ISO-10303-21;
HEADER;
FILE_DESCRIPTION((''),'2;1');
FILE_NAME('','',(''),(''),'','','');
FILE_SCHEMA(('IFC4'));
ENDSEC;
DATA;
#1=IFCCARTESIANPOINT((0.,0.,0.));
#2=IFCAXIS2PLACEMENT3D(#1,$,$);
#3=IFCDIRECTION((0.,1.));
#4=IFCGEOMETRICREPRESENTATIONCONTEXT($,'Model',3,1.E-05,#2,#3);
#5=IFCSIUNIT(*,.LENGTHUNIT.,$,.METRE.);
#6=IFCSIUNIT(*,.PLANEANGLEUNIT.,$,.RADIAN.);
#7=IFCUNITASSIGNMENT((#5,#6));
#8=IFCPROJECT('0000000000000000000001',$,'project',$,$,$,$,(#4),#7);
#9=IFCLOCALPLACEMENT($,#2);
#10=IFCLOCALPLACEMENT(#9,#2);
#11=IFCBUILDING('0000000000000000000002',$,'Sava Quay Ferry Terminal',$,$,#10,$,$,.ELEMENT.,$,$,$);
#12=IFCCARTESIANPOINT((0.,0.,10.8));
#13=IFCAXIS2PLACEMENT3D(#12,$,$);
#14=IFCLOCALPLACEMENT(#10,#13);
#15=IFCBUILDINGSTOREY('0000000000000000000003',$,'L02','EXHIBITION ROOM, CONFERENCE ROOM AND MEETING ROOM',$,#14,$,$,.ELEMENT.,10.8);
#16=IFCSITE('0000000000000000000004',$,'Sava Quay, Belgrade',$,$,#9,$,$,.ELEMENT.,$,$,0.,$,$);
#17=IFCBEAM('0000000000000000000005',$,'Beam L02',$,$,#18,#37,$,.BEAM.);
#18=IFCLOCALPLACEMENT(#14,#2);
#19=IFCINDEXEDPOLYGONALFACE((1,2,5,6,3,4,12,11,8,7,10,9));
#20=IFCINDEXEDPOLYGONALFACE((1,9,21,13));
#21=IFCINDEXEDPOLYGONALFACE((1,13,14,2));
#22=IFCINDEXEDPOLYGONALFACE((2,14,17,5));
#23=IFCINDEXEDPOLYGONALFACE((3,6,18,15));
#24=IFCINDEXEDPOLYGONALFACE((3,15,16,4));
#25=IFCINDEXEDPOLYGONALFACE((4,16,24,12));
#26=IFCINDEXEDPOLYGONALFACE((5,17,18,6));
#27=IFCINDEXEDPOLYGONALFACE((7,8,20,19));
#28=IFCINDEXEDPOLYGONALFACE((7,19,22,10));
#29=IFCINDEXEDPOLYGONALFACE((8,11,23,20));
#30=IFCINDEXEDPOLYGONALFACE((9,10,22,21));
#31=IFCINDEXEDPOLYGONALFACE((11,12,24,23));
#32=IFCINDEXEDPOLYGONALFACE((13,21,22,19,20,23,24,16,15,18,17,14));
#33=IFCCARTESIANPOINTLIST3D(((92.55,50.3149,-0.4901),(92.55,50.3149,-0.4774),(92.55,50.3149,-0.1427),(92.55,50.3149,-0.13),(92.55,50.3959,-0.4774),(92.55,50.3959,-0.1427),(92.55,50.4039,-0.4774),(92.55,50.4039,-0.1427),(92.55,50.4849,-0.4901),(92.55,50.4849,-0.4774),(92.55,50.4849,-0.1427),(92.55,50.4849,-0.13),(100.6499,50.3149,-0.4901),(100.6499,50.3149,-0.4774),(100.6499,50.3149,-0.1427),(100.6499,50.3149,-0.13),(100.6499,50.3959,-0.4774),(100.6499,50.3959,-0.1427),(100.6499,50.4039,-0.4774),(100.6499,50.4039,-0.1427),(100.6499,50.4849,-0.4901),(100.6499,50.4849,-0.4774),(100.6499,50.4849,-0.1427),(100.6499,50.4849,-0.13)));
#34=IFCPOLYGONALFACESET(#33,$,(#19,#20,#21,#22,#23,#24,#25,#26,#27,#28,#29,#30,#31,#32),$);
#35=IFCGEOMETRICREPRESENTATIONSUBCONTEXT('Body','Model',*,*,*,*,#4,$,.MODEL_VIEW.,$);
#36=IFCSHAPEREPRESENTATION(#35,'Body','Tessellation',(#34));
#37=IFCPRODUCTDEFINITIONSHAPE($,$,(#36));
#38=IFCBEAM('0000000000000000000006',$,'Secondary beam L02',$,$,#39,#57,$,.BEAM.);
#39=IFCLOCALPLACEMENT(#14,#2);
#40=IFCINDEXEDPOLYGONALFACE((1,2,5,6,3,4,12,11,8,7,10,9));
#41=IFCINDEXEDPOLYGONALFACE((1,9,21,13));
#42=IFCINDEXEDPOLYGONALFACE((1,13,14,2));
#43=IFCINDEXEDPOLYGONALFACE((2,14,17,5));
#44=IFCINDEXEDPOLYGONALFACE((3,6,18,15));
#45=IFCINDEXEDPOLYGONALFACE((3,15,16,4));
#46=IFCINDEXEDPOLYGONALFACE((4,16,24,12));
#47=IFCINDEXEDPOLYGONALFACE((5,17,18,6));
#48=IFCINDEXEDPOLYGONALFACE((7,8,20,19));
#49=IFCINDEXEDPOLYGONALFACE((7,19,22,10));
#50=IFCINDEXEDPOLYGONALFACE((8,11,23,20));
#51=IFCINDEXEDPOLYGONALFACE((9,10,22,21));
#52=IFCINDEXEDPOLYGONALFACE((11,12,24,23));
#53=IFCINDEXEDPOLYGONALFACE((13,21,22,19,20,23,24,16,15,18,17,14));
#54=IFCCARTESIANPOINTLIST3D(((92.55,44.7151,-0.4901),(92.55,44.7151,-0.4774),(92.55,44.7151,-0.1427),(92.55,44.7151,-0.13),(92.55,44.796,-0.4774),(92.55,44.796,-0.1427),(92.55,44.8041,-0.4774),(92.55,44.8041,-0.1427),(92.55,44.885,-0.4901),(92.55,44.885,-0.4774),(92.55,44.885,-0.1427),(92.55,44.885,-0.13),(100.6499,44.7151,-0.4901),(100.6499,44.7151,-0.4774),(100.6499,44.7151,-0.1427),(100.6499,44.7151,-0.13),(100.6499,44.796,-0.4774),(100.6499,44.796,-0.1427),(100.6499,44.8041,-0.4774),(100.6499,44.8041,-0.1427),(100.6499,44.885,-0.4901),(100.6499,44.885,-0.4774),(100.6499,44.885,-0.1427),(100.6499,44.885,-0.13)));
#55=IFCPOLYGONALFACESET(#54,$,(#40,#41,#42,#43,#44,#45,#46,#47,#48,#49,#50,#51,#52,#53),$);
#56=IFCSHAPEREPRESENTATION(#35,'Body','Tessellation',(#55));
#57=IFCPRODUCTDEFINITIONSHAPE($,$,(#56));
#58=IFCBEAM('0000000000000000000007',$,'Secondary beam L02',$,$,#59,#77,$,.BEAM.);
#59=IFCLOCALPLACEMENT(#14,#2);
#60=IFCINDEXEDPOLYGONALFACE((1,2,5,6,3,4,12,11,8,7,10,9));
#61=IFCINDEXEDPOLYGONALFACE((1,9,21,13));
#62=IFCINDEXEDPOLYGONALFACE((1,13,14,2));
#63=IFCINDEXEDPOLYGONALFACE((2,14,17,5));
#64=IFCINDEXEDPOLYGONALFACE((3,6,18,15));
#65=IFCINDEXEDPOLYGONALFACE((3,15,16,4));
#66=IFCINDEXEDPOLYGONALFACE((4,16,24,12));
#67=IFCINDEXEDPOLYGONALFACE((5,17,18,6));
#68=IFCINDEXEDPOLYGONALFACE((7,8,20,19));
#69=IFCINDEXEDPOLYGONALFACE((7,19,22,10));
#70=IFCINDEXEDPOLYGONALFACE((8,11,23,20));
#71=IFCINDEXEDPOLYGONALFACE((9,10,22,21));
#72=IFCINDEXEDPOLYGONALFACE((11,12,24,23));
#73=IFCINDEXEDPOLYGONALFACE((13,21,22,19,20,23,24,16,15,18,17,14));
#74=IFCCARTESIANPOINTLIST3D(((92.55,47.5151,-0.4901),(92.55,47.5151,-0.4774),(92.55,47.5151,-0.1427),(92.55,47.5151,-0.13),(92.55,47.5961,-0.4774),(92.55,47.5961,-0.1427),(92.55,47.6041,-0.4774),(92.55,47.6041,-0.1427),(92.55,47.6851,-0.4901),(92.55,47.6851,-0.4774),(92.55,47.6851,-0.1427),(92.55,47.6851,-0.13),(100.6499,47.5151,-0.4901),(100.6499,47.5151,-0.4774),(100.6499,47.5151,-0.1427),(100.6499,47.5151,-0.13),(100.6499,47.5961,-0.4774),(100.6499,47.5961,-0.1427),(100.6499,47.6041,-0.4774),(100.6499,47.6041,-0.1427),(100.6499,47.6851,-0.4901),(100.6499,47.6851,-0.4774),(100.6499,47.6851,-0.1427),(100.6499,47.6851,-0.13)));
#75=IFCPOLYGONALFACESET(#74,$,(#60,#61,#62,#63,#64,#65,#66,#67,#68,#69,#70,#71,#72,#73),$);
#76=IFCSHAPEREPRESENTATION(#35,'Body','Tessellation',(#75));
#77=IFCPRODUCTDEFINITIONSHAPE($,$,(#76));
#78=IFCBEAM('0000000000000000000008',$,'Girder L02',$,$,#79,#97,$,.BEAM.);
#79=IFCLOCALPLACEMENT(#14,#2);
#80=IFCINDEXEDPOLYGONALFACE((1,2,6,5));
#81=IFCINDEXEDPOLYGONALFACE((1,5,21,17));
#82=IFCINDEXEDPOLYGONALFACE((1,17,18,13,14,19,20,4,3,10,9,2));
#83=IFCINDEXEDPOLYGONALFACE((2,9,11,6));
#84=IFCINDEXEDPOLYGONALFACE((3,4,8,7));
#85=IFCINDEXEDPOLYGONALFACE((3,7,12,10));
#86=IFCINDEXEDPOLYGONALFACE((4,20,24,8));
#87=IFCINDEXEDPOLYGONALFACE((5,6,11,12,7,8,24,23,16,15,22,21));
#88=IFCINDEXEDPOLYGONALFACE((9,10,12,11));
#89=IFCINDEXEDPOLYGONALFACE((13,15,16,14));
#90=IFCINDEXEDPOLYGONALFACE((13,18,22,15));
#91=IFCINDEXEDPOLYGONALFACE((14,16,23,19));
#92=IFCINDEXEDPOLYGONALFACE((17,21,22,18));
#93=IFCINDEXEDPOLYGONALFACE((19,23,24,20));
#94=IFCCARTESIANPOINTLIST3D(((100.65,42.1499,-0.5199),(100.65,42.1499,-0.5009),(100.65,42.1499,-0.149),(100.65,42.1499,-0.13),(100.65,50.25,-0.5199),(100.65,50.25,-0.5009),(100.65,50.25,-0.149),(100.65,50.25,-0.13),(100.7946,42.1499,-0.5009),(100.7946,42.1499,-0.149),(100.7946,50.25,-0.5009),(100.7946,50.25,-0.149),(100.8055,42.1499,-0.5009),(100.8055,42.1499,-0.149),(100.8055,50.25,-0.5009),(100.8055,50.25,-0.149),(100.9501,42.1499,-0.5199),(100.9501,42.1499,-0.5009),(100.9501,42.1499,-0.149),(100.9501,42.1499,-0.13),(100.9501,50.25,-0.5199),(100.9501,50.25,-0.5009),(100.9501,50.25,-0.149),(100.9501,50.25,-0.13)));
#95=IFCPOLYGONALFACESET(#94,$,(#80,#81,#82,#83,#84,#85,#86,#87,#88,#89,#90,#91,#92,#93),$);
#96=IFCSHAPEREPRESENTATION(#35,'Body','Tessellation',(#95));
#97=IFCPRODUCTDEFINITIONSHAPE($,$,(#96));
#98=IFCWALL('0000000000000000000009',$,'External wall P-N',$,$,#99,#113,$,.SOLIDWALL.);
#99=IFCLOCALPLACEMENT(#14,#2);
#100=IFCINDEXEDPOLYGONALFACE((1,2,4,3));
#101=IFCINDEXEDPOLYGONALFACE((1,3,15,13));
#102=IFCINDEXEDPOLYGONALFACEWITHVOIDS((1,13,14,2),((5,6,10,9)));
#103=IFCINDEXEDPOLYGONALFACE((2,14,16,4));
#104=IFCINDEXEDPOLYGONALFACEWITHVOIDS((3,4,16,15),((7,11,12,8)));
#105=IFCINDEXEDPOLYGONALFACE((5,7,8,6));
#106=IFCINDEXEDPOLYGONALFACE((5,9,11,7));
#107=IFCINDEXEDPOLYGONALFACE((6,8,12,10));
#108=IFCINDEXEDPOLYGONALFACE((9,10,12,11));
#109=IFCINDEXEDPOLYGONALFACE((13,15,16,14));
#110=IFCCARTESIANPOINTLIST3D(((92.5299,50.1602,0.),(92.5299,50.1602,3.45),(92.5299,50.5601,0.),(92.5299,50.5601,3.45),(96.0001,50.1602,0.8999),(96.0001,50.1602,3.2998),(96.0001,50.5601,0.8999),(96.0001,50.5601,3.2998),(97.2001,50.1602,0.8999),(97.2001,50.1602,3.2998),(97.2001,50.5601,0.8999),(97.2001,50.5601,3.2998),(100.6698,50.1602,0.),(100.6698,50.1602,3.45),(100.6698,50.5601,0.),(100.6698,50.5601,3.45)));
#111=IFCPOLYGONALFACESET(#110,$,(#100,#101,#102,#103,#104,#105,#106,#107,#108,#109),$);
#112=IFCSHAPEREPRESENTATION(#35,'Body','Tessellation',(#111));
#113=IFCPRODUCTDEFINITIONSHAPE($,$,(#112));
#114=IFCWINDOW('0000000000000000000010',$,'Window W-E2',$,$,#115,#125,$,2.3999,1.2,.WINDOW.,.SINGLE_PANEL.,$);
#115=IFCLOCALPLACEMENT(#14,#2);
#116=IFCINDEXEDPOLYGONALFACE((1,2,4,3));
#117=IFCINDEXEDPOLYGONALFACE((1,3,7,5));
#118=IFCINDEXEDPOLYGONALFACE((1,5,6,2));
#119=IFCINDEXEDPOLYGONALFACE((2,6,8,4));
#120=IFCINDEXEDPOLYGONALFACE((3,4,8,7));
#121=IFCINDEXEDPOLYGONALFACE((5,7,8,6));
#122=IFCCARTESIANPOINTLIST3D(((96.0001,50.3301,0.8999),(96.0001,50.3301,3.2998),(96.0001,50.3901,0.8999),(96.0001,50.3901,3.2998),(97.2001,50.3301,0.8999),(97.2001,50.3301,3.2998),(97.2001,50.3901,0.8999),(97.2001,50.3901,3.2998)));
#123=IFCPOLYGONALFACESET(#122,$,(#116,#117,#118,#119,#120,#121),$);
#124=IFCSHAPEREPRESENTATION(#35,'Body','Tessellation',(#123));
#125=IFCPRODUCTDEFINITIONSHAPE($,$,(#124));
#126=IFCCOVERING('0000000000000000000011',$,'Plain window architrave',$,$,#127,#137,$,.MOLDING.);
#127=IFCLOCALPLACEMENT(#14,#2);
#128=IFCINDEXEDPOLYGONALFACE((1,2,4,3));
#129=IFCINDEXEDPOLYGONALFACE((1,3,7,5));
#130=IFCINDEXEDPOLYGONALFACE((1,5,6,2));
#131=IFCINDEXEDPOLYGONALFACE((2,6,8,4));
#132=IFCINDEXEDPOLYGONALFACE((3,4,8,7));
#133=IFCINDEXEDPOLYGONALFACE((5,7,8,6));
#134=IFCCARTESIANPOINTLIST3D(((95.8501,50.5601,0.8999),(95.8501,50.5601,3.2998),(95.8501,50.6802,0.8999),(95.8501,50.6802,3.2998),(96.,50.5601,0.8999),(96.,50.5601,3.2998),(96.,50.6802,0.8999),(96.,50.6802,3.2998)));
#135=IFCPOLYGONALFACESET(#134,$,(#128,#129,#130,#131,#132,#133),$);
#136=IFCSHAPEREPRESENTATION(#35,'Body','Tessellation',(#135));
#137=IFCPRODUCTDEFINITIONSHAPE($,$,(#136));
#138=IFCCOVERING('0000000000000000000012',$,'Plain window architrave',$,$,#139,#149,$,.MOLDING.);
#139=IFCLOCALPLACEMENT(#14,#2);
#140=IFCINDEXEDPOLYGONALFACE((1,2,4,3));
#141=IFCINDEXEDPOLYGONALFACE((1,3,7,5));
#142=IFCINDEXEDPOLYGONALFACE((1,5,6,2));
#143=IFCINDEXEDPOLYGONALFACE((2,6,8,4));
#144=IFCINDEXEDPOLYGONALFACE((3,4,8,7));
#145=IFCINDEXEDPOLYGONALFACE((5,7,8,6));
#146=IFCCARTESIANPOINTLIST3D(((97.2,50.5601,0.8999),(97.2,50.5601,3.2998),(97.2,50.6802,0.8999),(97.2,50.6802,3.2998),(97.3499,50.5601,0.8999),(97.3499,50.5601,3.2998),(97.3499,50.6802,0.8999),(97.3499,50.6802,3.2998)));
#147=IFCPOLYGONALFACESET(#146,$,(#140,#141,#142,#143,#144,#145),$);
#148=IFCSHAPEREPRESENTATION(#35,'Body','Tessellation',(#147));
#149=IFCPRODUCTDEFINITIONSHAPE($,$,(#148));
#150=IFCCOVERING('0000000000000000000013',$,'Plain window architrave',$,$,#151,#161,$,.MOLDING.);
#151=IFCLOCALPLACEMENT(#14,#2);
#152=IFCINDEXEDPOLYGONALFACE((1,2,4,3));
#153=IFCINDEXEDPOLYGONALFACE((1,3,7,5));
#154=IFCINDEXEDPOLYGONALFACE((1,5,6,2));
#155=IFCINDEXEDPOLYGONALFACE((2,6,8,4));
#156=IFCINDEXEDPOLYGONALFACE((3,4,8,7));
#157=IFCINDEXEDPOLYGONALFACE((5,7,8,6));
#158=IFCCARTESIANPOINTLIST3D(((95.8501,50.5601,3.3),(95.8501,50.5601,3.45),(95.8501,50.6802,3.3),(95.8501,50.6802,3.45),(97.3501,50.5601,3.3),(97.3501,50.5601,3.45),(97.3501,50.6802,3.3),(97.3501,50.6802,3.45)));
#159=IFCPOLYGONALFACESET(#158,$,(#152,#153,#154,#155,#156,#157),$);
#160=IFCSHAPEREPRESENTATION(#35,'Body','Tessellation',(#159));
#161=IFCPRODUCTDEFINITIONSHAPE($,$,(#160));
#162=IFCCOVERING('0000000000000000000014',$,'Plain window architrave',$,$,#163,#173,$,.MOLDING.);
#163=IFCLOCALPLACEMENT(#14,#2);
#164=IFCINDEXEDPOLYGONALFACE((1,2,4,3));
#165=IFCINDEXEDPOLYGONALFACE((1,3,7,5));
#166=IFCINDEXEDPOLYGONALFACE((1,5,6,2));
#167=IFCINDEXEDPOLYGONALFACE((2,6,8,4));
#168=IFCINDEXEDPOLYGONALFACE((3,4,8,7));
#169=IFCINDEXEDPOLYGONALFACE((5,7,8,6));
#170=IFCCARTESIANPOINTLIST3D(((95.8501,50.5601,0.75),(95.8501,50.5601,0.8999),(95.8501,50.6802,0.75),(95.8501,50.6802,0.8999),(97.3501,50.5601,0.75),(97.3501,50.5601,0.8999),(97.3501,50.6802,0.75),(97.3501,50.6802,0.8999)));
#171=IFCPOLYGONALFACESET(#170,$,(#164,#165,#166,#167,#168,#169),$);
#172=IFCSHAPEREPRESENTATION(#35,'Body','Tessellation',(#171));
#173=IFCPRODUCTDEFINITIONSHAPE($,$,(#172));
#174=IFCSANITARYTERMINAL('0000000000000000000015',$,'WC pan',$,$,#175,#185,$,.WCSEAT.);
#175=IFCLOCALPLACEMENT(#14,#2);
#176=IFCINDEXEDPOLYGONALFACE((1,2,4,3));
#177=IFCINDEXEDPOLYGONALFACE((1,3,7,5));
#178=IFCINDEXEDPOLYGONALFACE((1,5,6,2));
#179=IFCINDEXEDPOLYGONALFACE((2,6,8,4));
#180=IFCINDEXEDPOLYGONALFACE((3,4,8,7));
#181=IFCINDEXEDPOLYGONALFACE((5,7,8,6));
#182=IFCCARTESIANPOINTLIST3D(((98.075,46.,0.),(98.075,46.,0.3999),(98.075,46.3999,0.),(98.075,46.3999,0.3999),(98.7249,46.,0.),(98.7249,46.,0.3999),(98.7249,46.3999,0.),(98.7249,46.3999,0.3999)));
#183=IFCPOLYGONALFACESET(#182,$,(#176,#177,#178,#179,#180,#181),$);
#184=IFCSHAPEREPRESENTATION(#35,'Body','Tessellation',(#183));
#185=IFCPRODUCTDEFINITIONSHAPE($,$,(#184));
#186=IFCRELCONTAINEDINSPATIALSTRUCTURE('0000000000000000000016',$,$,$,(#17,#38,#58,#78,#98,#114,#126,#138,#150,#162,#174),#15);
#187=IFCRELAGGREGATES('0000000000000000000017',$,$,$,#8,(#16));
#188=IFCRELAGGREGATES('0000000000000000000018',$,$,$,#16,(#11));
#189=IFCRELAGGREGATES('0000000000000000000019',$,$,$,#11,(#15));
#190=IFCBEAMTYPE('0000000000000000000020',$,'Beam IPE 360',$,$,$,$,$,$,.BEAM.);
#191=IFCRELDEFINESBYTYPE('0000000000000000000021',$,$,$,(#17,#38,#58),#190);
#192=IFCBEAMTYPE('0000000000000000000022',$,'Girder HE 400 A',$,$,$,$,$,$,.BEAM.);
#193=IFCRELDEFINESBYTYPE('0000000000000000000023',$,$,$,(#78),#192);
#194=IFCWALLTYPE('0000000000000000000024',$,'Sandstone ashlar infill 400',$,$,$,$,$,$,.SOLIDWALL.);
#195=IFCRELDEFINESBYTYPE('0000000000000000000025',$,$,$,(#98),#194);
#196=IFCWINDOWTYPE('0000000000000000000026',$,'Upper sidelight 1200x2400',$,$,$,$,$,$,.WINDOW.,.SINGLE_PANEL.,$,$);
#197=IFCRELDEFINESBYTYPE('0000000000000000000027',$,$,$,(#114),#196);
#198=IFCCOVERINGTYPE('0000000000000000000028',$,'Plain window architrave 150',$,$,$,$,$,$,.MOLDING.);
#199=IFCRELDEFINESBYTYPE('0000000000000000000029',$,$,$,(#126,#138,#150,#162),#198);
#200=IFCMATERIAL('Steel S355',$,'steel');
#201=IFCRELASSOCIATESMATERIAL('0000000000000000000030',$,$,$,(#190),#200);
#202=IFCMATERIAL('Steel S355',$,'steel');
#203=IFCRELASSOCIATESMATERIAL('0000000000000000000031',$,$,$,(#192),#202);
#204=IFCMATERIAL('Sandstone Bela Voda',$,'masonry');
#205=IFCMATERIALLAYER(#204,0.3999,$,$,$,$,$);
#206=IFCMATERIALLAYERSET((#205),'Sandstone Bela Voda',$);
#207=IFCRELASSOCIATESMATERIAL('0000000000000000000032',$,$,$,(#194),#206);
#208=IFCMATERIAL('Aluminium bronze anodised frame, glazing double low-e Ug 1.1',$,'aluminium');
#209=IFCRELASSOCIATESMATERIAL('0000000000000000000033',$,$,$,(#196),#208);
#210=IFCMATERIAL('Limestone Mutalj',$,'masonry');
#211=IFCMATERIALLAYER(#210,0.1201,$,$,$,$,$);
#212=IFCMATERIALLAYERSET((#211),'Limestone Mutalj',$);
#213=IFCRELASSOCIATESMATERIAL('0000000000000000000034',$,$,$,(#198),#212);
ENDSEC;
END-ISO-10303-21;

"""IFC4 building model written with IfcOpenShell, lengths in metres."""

from ifc_helpers import new_model, si_unit, direction, frame, frame_2d, origin, origin_2d, place, context, subcontext, project, spatial, rectangle, i_section, extrude, material, layer, layer_set, material_profile, profile_set, type_object, element, fill, save


model = new_model("IFC4")

# Units and contexts
model_context = context("Model", 3, precision=1e-05, world=origin(), true_north=direction((0.0, 1.0)))
body_context = subcontext(model_context, "Body", "Model", "MODEL_VIEW")
ifc_project = project(units=[si_unit("LENGTHUNIT", "METRE"), si_unit("PLANEANGLEUNIT", "RADIAN")], contexts=[model_context])

# Site, building, storey
site_placement = place(None, origin())
site = spatial("IfcSite", under=ifc_project, at=site_placement, Name="Sava Quay, Belgrade", CompositionType="ELEMENT", RefElevation=0.0)
building_placement = place(site_placement, origin())
building = spatial("IfcBuilding", under=site, at=building_placement, Name="Sava Quay Ferry Terminal", CompositionType="ELEMENT")
storey_placement = place(building_placement, frame((0.0, 0.0, 10.8)))
storey = spatial("IfcBuildingStorey", under=building, at=storey_placement, Name="L02", Description="EXHIBITION ROOM, CONFERENCE ROOM AND MEETING ROOM", CompositionType="ELEMENT", Elevation=10.8)

# Beams
ifc_material_1 = material(Name="Steel S355", Category="steel")
ifc_material_profile_1 = material_profile(ifc_material_1, i_section(OverallWidth=0.1699, OverallDepth=0.3601, WebThickness=0.0081, FlangeThickness=0.0127, at=origin_2d()), Name="IPE 360")
ifc_profile_set_1 = profile_set([ifc_material_profile_1], Name="Steel S355")
beam_type_1 = type_object("IfcBeamType", Name="Beam IPE 360", PredefinedType="BEAM", material=ifc_profile_set_1)
for number, where, z_axis, x_axis, name in (
    (1, (92.55, 50.3999, -0.3101), (1.0, 0.0, 0.0), (0.0, 1.0, 0.0), "Beam L02"),
    (2, (92.55, 44.8, -0.3101), (1.0, 0.0, 0.0), (0.0, 1.0, 0.0), "Secondary beam L02"),
    (3, (92.55, 47.6001, -0.3101), (1.0, 0.0, 0.0), (0.0, 1.0, 0.0), "Secondary beam L02"),
):
    element("IfcBeam", number, at=place(storey_placement, frame(where, z_axis=z_axis, x_axis=x_axis)), inside=storey, type_object=beam_type_1, Name=name, PredefinedType="BEAM", context=body_context, shape_type="SweptSolid", body=[
        extrude(i_section(OverallWidth=0.1699, OverallDepth=0.3601, WebThickness=0.0081, FlangeThickness=0.0127, at=origin_2d()), origin(), (0.0, 0.0, 1.0), 8.0999),
    ])
ifc_material_2 = material(Name="Steel S355", Category="steel")
ifc_material_profile_2 = material_profile(ifc_material_2, i_section(OverallWidth=0.3, OverallDepth=0.3899, WebThickness=0.011, FlangeThickness=0.019, at=origin_2d()), Name="HE 400 A")
ifc_profile_set_2 = profile_set([ifc_material_profile_2], Name="Steel S355")
beam_type_2 = type_object("IfcBeamType", Name="Girder HE 400 A", PredefinedType="BEAM", material=ifc_profile_set_2)
beam_placement = place(storey_placement, frame((100.8, 42.1499, -0.325), z_axis=(0.0, 1.0, 0.0), x_axis=(-1.0, 0.0, 0.0)))
element("IfcBeam", 4, at=beam_placement, inside=storey, type_object=beam_type_2, Name="Girder L02", PredefinedType="BEAM", context=body_context, shape_type="SweptSolid", body=[
    extrude(i_section(OverallWidth=0.3, OverallDepth=0.3899, WebThickness=0.011, FlangeThickness=0.019, at=origin_2d()), origin(), (0.0, 0.0, 1.0), 8.1001),
])

# Wall, opening, window
ifc_material_3 = material(Name="Sandstone Bela Voda", Category="masonry")
ifc_layer_1 = layer(ifc_material_3, 0.3999)
ifc_layer_set_1 = layer_set([ifc_layer_1], Name="Sandstone Bela Voda")
wall_type = type_object("IfcWallType", Name="Sandstone ashlar infill 400", PredefinedType="SOLIDWALL", material=ifc_layer_set_1)
wall_placement = place(storey_placement, frame((92.53, 50.3601, 0.0), z_axis=(0.0, 0.0, 1.0), x_axis=(1.0, 0.0, 0.0)))
wall = element("IfcWall", 5, at=wall_placement, inside=storey, type_object=wall_type, Name="External wall P-N", PredefinedType="SOLIDWALL", context=body_context, shape_type="SweptSolid", body=[
    extrude(rectangle(XDim=8.1399, YDim=0.3999, at=frame_2d((4.0698, 0.0))), origin(), (0.0, 0.0, 1.0), 3.45),
])
opening_placement = place(wall_placement, frame((3.47, 0.0, 0.8999)))
opening = element("IfcOpeningElement", 6, at=opening_placement, cuts=wall, PredefinedType="OPENING", context=body_context, shape_type="SweptSolid", body=[
    extrude(rectangle(XDim=1.2, YDim=2.3999, at=frame_2d((0.6001, 1.2))), frame((0.0, 0.2, 0.0), z_axis=(0.0, -1.0, 0.0), x_axis=(1.0, 0.0, 0.0)), (0.0, 0.0, 1.0), 0.3999),
])
ifc_material_4 = material(Name="Aluminium bronze anodised frame, glazing double low-e Ug 1.1", Category="aluminium")
window_type = type_object("IfcWindowType", Name="Upper sidelight 1200x2400", PartitioningType="SINGLE_PANEL", PredefinedType="WINDOW", material=ifc_material_4)
window_placement = place(opening_placement, origin())
window = element("IfcWindow", 7, at=window_placement, inside=storey, type_object=window_type, Name="Window W-E2", OverallHeight=2.3999, OverallWidth=1.2, PartitioningType="SINGLE_PANEL", PredefinedType="WINDOW", context=body_context, shape_type="SweptSolid", body=[
    extrude(rectangle(XDim=1.2, YDim=2.3999, at=frame_2d((0.6001, 1.2))), frame((0.0, 0.03, 0.0), z_axis=(0.0, -1.0, 0.0), x_axis=(1.0, 0.0, 0.0)), (0.0, 0.0, 1.0), 0.0601),
])
fill(opening, window)

# Coverings
ifc_material_5 = material(Name="Limestone Mutalj", Category="masonry")
ifc_layer_2 = layer(ifc_material_5, 0.1201)
ifc_layer_set_2 = layer_set([ifc_layer_2], Name="Limestone Mutalj")
covering_type = type_object("IfcCoveringType", Name="Plain window architrave 150", PredefinedType="MOLDING", material=ifc_layer_set_2)
for number, where, z_axis, x_axis, name in (
    (8, (95.925, 50.6201, 0.8999), (0.0, 0.0, 1.0), (1.0, 0.0, 0.0), "Plain window architrave"),
    (9, (97.2749, 50.6201, 0.8999), (0.0, 0.0, 1.0), (1.0, 0.0, 0.0), "Plain window architrave"),
):
    element("IfcCovering", number, at=place(storey_placement, frame(where, z_axis=z_axis, x_axis=x_axis)), inside=storey, type_object=covering_type, Name=name, PredefinedType="MOLDING", context=body_context, shape_type="SweptSolid", body=[
        extrude(rectangle(XDim=0.1499, YDim=0.1201, at=origin_2d()), origin(), (0.0, 0.0, 1.0), 2.3999),
    ])
for number, where, z_axis, x_axis, name in (
    (10, (96.6001, 50.6201, 3.3), (0.0, 0.0, 1.0), (1.0, 0.0, 0.0), "Plain window architrave"),
    (11, (96.6001, 50.6201, 0.75), (0.0, 0.0, 1.0), (1.0, 0.0, 0.0), "Plain window architrave"),
):
    element("IfcCovering", number, at=place(storey_placement, frame(where, z_axis=z_axis, x_axis=x_axis)), inside=storey, type_object=covering_type, Name=name, PredefinedType="MOLDING", context=body_context, shape_type="SweptSolid", body=[
        extrude(rectangle(XDim=1.5, YDim=0.1201, at=origin_2d()), origin(), (0.0, 0.0, 1.0), 0.1499),
    ])

# Sanitary terminal
sanitary_terminal_placement = place(storey_placement, frame((98.3999, 46.2, 0.0), z_axis=(0.0, 0.0, 1.0), x_axis=(1.0, 0.0, 0.0)))
element("IfcSanitaryTerminal", 12, at=sanitary_terminal_placement, inside=storey, Name="WC pan", PredefinedType="WCSEAT", context=body_context, shape_type="SweptSolid", body=[
    extrude(rectangle(XDim=0.6499, YDim=0.3999, at=origin_2d()), origin(), (0.0, 0.0, 1.0), 0.3999),
])

save(model, "model.ifc")
